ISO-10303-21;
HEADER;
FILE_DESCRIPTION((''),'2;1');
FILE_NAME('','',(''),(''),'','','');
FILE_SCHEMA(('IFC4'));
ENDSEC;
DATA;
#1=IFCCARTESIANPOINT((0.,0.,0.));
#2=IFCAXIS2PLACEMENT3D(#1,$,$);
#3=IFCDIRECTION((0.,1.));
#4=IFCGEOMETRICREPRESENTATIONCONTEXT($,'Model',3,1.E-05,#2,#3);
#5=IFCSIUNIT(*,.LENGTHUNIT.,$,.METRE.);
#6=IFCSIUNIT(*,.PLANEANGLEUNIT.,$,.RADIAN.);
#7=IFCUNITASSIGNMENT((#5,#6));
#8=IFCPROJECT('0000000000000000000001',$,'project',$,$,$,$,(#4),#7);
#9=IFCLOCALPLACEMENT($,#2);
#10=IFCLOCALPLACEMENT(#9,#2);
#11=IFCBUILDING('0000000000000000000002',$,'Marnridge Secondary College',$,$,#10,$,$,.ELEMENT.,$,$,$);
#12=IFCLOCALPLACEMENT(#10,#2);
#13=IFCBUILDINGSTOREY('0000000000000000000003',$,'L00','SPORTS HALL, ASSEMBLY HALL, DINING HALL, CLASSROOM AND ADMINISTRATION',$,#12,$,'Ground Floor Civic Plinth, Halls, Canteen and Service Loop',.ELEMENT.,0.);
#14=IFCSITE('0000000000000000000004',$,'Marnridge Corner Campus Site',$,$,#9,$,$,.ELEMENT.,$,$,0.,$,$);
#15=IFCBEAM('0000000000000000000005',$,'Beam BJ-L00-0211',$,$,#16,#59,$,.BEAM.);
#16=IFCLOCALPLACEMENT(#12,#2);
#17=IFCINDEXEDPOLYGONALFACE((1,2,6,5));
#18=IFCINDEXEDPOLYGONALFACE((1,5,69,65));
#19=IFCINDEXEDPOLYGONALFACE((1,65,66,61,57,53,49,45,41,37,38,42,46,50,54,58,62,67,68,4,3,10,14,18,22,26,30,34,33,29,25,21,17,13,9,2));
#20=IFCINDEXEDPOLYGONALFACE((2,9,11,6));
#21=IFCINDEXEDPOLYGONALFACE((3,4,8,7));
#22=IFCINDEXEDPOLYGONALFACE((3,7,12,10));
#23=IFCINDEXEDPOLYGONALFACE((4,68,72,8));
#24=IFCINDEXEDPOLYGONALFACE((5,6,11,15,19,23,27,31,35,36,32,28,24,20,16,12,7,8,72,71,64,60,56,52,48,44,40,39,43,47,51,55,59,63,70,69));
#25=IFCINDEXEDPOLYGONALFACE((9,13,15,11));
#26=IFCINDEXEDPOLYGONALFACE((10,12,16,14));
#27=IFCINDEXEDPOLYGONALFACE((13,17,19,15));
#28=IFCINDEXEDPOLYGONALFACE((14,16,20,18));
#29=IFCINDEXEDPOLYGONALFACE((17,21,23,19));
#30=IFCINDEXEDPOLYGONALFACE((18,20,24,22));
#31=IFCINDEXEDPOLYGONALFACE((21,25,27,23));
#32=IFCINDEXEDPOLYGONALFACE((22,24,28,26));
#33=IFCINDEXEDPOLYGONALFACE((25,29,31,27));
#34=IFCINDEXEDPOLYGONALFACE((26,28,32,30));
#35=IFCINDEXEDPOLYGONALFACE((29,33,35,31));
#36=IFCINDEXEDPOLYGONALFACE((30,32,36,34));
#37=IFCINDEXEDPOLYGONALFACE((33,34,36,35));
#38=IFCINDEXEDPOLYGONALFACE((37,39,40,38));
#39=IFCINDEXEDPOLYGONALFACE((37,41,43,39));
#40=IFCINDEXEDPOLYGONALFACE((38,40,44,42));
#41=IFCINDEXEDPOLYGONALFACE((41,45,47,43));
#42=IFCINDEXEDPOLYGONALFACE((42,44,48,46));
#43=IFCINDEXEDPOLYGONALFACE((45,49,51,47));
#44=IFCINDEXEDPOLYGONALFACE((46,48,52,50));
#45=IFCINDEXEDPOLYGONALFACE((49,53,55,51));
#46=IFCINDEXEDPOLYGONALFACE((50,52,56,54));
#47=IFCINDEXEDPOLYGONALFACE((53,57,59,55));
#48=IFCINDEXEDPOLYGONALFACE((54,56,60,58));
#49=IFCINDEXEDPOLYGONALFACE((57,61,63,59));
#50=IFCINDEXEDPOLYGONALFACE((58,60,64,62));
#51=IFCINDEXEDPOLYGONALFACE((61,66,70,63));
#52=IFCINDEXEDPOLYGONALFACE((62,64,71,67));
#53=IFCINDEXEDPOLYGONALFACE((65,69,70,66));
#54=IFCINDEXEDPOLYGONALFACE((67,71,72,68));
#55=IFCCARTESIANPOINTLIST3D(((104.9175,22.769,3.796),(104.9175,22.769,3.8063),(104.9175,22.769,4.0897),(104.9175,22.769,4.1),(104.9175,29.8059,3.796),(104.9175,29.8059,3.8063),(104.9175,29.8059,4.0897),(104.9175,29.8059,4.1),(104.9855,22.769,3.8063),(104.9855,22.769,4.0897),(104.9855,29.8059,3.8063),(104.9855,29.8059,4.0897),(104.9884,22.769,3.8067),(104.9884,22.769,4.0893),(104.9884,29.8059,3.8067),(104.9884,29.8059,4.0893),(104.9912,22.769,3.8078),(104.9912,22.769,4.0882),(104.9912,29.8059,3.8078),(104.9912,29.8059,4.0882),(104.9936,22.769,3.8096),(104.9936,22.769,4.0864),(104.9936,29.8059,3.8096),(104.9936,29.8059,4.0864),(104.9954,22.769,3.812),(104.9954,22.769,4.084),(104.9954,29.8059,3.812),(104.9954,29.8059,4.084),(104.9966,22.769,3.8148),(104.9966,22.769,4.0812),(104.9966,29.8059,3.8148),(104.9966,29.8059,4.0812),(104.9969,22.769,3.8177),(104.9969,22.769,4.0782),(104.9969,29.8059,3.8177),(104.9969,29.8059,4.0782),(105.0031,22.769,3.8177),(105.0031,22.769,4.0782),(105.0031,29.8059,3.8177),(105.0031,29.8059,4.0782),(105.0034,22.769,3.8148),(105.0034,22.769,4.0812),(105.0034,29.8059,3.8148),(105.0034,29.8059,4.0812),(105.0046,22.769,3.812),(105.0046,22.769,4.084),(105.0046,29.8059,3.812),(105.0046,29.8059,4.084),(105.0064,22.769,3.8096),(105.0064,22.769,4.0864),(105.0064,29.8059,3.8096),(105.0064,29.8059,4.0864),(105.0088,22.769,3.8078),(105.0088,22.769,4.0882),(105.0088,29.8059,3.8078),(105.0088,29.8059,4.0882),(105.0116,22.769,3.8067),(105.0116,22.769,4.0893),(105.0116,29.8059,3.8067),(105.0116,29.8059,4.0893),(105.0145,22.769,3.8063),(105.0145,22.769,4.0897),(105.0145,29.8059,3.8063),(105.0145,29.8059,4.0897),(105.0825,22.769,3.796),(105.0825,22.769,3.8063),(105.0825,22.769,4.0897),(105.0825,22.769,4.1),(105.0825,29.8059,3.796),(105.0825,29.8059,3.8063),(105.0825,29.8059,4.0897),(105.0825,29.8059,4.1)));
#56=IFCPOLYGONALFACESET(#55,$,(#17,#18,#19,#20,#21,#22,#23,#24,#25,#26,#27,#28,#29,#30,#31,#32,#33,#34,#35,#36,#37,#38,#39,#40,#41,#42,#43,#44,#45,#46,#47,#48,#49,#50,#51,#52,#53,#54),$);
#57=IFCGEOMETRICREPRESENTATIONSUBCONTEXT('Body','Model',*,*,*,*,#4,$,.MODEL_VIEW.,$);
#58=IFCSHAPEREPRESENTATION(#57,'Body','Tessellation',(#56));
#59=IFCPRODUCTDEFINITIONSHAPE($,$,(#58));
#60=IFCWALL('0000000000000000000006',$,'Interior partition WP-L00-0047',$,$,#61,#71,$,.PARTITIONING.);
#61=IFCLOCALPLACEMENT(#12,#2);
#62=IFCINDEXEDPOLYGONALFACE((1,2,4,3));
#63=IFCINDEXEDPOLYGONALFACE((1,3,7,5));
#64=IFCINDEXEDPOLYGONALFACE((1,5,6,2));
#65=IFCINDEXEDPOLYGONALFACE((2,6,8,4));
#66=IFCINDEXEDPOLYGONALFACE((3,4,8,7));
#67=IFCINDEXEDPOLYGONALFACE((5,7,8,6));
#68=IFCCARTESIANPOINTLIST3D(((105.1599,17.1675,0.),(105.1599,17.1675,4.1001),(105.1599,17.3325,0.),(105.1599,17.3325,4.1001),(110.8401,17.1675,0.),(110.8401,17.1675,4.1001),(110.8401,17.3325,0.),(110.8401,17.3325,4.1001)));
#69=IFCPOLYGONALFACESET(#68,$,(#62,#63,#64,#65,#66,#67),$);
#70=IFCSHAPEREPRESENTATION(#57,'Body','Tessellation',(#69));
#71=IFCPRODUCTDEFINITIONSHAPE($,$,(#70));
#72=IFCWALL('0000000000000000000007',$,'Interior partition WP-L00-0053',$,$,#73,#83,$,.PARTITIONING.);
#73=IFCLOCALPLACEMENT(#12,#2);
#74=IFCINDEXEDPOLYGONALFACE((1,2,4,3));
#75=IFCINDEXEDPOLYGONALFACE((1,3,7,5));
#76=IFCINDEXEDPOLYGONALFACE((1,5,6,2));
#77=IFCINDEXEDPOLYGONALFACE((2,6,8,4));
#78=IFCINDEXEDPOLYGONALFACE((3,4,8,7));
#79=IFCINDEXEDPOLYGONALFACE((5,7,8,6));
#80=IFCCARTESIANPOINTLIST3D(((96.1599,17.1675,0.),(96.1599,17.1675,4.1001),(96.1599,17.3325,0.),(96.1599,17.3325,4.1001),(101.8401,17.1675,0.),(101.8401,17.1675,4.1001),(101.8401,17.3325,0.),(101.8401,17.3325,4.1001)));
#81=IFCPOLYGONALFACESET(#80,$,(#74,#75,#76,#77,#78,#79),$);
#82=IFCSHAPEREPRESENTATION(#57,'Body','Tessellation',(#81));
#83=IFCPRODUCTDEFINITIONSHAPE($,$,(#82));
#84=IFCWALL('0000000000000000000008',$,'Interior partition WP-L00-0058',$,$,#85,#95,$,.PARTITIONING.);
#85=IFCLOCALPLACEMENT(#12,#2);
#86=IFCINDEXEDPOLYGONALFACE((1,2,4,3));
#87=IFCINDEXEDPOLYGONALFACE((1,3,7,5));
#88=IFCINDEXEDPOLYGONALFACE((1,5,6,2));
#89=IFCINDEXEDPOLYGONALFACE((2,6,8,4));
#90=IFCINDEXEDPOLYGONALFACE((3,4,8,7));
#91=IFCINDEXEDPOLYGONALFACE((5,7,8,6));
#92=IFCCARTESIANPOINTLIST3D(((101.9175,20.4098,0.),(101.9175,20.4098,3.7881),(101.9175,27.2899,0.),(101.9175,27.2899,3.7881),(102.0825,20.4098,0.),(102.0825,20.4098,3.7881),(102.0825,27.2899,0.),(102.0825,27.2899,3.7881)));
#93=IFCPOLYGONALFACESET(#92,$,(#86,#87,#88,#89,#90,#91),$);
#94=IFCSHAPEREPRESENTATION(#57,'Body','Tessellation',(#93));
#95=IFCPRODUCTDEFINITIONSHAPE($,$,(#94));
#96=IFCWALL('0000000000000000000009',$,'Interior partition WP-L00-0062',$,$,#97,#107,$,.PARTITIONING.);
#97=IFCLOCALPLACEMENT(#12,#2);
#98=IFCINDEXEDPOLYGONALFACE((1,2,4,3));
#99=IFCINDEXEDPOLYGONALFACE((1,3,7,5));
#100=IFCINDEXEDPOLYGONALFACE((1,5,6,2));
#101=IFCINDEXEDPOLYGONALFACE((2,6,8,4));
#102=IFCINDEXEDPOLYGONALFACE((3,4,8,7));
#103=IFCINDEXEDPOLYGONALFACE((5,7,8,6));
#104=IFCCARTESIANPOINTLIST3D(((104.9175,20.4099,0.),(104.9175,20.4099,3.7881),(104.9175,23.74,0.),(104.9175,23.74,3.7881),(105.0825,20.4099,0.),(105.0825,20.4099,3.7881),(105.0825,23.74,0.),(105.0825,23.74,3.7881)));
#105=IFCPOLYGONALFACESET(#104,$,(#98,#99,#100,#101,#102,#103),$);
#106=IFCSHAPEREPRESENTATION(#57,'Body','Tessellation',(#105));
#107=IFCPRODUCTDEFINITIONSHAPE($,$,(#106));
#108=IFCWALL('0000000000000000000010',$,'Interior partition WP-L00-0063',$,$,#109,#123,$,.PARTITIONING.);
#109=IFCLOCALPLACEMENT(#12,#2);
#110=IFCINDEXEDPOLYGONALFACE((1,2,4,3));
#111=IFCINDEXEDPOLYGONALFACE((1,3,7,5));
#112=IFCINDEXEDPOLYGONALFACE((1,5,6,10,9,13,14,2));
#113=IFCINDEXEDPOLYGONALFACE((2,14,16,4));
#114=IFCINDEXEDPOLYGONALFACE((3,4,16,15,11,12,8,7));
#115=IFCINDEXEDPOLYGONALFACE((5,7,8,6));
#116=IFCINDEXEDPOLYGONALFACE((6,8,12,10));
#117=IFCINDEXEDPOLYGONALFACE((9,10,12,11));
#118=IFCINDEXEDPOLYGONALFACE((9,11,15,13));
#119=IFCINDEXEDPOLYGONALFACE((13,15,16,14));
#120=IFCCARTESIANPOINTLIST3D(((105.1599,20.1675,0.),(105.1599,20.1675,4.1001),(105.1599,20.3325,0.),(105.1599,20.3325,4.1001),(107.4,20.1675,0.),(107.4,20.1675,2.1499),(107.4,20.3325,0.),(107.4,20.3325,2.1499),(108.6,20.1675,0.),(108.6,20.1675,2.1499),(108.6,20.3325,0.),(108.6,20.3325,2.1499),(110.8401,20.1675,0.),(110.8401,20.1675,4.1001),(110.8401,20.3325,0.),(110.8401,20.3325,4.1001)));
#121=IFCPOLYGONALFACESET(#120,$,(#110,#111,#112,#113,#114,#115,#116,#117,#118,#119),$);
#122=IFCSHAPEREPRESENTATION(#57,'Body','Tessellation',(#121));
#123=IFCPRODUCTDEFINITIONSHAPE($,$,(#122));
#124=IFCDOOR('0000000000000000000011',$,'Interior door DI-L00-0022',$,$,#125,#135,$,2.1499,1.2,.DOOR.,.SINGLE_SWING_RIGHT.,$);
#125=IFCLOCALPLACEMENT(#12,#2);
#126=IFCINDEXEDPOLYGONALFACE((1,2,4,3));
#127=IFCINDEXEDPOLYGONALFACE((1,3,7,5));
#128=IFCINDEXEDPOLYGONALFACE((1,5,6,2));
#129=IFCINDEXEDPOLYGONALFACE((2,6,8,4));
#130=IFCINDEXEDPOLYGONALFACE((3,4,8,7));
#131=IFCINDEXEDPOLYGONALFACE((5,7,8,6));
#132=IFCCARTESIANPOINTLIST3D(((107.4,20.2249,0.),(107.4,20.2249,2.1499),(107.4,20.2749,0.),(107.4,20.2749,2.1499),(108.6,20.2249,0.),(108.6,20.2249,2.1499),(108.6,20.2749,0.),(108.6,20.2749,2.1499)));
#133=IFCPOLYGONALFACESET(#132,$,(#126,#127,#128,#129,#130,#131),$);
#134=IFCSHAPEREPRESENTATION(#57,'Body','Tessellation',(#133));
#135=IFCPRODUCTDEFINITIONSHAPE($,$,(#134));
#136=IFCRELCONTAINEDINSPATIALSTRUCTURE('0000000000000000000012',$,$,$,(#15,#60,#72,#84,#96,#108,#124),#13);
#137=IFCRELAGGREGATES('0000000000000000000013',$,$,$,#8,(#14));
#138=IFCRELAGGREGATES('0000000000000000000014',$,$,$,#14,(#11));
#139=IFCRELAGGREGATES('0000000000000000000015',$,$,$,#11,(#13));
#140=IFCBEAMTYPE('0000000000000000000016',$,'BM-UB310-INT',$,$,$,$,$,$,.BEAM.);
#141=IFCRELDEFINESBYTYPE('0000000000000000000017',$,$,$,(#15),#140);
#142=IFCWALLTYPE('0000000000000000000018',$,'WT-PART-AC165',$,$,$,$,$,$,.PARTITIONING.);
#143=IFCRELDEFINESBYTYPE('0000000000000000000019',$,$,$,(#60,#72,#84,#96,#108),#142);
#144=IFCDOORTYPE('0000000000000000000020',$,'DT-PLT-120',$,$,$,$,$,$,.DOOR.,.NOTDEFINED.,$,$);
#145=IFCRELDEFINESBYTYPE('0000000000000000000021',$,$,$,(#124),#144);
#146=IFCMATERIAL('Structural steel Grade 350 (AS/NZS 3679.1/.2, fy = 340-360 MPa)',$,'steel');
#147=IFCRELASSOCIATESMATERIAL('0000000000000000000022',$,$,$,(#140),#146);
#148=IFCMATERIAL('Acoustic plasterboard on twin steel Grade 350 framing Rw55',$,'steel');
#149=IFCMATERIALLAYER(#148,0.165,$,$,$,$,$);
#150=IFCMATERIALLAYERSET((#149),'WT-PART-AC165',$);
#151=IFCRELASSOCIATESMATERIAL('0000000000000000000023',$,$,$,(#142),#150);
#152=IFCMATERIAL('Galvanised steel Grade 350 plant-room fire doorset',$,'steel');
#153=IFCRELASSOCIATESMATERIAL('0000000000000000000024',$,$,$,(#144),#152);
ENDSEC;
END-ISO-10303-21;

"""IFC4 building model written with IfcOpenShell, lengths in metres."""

from ifc_helpers import new_model, si_unit, direction, frame, frame_2d, origin, origin_2d, place, context, subcontext, project, spatial, rectangle, i_section, extrude, material, layer, layer_set, material_profile, profile_set, type_object, element, fill, save


model = new_model("IFC4")

# Units and contexts
model_context = context("Model", 3, precision=1e-05, world=origin(), true_north=direction((0.0, 1.0)))
body_context = subcontext(model_context, "Body", "Model", "MODEL_VIEW")
ifc_project = project(units=[si_unit("LENGTHUNIT", "METRE"), si_unit("PLANEANGLEUNIT", "RADIAN")], contexts=[model_context])

# Site, building, storey
site_placement = place(None, origin())
site = spatial("IfcSite", under=ifc_project, at=site_placement, Name="Marnridge Corner Campus Site", CompositionType="ELEMENT", RefElevation=0.0)
building_placement = place(site_placement, origin())
building = spatial("IfcBuilding", under=site, at=building_placement, Name="Marnridge Secondary College", CompositionType="ELEMENT")
storey_placement = place(building_placement, origin())
storey = spatial("IfcBuildingStorey", under=building, at=storey_placement, Name="L00", Description="SPORTS HALL, ASSEMBLY HALL, DINING HALL, CLASSROOM AND ADMINISTRATION", LongName="Ground Floor Civic Plinth, Halls, Canteen and Service Loop", CompositionType="ELEMENT", Elevation=0.0)

# Beam
ifc_material_1 = material(Name="Structural steel Grade 350 (AS/NZS 3679.1/.2, fy = 340-360 MPa)", Category="steel")
ifc_material_profile_1 = material_profile(ifc_material_1, i_section(OverallWidth=0.165, OverallDepth=0.304, WebThickness=0.0061, FlangeThickness=0.0103, FilletRadius=0.0115, at=origin_2d()), Name="310UB40.4")
ifc_profile_set_1 = profile_set([ifc_material_profile_1], Name="Structural steel Grade 350 (AS/NZS 3679.1/.2, fy = 340-360 MPa)")
beam_type_1 = type_object("IfcBeamType", Name="BM-UB310-INT", PredefinedType="BEAM", material=ifc_profile_set_1)
for number, where, z_axis, x_axis, name in (
    (1, (105.0, 22.769, 3.948), (0.0, 1.0, 0.0), (-1.0, 0.0, 0.0), "Beam BJ-L00-0211"),
):
    element("IfcBeam", number, at=place(storey_placement, frame(where, z_axis=z_axis, x_axis=x_axis)), inside=storey, type_object=beam_type_1, Name=name, PredefinedType="BEAM", context=body_context, shape_type="SweptSolid", body=[
        extrude(i_section(OverallWidth=0.165, OverallDepth=0.304, WebThickness=0.0061, FlangeThickness=0.0103, FilletRadius=0.0115, at=origin_2d()), origin(), (0.0, 0.0, 1.0), 7.0369),
    ])

# Walls
ifc_material_2 = material(Name="Acoustic plasterboard on twin steel Grade 350 framing Rw55", Category="steel")
ifc_layer = layer(ifc_material_2, 0.165)
ifc_layer_set = layer_set([ifc_layer], Name="WT-PART-AC165")
wall_type = type_object("IfcWallType", Name="WT-PART-AC165", PredefinedType="PARTITIONING", material=ifc_layer_set)
for number, where, z_axis, x_axis, name in (
    (2, (105.1599, 17.25, 0.0), (0.0, 0.0, 1.0), (1.0, 0.0, 0.0), "Interior partition WP-L00-0047"),
    (3, (101.8401, 17.25, 0.0), (0.0, 0.0, 1.0), (-1.0, 0.0, 0.0), "Interior partition WP-L00-0053"),
):
    element("IfcWall", number, at=place(storey_placement, frame(where, z_axis=z_axis, x_axis=x_axis)), inside=storey, type_object=wall_type, Name=name, PredefinedType="PARTITIONING", context=body_context, shape_type="SweptSolid", body=[
        extrude(rectangle(XDim=5.6802, YDim=0.165, at=frame_2d((2.8401, 0.0))), origin(), (0.0, 0.0, 1.0), 4.1001),
    ])
wall_1_placement = place(storey_placement, frame((102.0, 20.4099, 0.0), z_axis=(0.0, 0.0, 1.0), x_axis=(0.0, 1.0, 0.0)))
element("IfcWall", 4, at=wall_1_placement, inside=storey, type_object=wall_type, Name="Interior partition WP-L00-0058", PredefinedType="PARTITIONING", context=body_context, shape_type="SweptSolid", body=[
    extrude(rectangle(XDim=6.8801, YDim=0.165, at=frame_2d((3.4399, 0.0))), origin(), (0.0, 0.0, 1.0), 3.7881),
])
wall_2_placement = place(storey_placement, frame((105.0, 23.74, 0.0), z_axis=(0.0, 0.0, 1.0), x_axis=(0.0, -1.0, 0.0)))
element("IfcWall", 5, at=wall_2_placement, inside=storey, type_object=wall_type, Name="Interior partition WP-L00-0062", PredefinedType="PARTITIONING", context=body_context, shape_type="SweptSolid", body=[
    extrude(rectangle(XDim=3.3301, YDim=0.165, at=frame_2d((1.665, 0.0))), origin(), (0.0, 0.0, 1.0), 3.7881),
])

# Wall, opening, door
wall_3_placement = place(storey_placement, frame((105.1599, 20.25, 0.0), z_axis=(0.0, 0.0, 1.0), x_axis=(1.0, 0.0, 0.0)))
wall_3 = element("IfcWall", 6, at=wall_3_placement, inside=storey, type_object=wall_type, Name="Interior partition WP-L00-0063", PredefinedType="PARTITIONING", context=body_context, shape_type="SweptSolid", body=[
    extrude(rectangle(XDim=5.6802, YDim=0.165, at=frame_2d((2.8401, 0.0))), origin(), (0.0, 0.0, 1.0), 4.1001),
])
opening_placement = place(wall_3_placement, frame((2.24, 0.0, 0.0)))
opening = element("IfcOpeningElement", 7, at=opening_placement, cuts=wall_3, PredefinedType="OPENING", context=body_context, shape_type="SweptSolid", body=[
    extrude(rectangle(XDim=1.2, YDim=2.1499, at=frame_2d((0.6001, 1.075))), frame((0.0, 0.0925, 0.0), z_axis=(0.0, -1.0, 0.0), x_axis=(1.0, 0.0, 0.0)), (0.0, 0.0, 1.0), 0.1851),
])
ifc_material_3 = material(Name="Galvanised steel Grade 350 plant-room fire doorset", Category="steel")
door_type = type_object("IfcDoorType", Name="DT-PLT-120", OperationType="NOTDEFINED", PredefinedType="DOOR", material=ifc_material_3)
door_placement = place(opening_placement, origin())
door = element("IfcDoor", 8, at=door_placement, inside=storey, type_object=door_type, Name="Interior door DI-L00-0022", OperationType="SINGLE_SWING_RIGHT", OverallHeight=2.1499, OverallWidth=1.2, PredefinedType="DOOR", context=body_context, shape_type="SweptSolid", body=[
    extrude(rectangle(XDim=1.2, YDim=2.1499, at=frame_2d((0.6001, 1.075))), frame((0.0, 0.0249, 0.0), z_axis=(0.0, -1.0, 0.0), x_axis=(1.0, 0.0, 0.0)), (0.0, 0.0, 1.0), 0.05),
])
fill(opening, door)

save(model, "model.ifc")
